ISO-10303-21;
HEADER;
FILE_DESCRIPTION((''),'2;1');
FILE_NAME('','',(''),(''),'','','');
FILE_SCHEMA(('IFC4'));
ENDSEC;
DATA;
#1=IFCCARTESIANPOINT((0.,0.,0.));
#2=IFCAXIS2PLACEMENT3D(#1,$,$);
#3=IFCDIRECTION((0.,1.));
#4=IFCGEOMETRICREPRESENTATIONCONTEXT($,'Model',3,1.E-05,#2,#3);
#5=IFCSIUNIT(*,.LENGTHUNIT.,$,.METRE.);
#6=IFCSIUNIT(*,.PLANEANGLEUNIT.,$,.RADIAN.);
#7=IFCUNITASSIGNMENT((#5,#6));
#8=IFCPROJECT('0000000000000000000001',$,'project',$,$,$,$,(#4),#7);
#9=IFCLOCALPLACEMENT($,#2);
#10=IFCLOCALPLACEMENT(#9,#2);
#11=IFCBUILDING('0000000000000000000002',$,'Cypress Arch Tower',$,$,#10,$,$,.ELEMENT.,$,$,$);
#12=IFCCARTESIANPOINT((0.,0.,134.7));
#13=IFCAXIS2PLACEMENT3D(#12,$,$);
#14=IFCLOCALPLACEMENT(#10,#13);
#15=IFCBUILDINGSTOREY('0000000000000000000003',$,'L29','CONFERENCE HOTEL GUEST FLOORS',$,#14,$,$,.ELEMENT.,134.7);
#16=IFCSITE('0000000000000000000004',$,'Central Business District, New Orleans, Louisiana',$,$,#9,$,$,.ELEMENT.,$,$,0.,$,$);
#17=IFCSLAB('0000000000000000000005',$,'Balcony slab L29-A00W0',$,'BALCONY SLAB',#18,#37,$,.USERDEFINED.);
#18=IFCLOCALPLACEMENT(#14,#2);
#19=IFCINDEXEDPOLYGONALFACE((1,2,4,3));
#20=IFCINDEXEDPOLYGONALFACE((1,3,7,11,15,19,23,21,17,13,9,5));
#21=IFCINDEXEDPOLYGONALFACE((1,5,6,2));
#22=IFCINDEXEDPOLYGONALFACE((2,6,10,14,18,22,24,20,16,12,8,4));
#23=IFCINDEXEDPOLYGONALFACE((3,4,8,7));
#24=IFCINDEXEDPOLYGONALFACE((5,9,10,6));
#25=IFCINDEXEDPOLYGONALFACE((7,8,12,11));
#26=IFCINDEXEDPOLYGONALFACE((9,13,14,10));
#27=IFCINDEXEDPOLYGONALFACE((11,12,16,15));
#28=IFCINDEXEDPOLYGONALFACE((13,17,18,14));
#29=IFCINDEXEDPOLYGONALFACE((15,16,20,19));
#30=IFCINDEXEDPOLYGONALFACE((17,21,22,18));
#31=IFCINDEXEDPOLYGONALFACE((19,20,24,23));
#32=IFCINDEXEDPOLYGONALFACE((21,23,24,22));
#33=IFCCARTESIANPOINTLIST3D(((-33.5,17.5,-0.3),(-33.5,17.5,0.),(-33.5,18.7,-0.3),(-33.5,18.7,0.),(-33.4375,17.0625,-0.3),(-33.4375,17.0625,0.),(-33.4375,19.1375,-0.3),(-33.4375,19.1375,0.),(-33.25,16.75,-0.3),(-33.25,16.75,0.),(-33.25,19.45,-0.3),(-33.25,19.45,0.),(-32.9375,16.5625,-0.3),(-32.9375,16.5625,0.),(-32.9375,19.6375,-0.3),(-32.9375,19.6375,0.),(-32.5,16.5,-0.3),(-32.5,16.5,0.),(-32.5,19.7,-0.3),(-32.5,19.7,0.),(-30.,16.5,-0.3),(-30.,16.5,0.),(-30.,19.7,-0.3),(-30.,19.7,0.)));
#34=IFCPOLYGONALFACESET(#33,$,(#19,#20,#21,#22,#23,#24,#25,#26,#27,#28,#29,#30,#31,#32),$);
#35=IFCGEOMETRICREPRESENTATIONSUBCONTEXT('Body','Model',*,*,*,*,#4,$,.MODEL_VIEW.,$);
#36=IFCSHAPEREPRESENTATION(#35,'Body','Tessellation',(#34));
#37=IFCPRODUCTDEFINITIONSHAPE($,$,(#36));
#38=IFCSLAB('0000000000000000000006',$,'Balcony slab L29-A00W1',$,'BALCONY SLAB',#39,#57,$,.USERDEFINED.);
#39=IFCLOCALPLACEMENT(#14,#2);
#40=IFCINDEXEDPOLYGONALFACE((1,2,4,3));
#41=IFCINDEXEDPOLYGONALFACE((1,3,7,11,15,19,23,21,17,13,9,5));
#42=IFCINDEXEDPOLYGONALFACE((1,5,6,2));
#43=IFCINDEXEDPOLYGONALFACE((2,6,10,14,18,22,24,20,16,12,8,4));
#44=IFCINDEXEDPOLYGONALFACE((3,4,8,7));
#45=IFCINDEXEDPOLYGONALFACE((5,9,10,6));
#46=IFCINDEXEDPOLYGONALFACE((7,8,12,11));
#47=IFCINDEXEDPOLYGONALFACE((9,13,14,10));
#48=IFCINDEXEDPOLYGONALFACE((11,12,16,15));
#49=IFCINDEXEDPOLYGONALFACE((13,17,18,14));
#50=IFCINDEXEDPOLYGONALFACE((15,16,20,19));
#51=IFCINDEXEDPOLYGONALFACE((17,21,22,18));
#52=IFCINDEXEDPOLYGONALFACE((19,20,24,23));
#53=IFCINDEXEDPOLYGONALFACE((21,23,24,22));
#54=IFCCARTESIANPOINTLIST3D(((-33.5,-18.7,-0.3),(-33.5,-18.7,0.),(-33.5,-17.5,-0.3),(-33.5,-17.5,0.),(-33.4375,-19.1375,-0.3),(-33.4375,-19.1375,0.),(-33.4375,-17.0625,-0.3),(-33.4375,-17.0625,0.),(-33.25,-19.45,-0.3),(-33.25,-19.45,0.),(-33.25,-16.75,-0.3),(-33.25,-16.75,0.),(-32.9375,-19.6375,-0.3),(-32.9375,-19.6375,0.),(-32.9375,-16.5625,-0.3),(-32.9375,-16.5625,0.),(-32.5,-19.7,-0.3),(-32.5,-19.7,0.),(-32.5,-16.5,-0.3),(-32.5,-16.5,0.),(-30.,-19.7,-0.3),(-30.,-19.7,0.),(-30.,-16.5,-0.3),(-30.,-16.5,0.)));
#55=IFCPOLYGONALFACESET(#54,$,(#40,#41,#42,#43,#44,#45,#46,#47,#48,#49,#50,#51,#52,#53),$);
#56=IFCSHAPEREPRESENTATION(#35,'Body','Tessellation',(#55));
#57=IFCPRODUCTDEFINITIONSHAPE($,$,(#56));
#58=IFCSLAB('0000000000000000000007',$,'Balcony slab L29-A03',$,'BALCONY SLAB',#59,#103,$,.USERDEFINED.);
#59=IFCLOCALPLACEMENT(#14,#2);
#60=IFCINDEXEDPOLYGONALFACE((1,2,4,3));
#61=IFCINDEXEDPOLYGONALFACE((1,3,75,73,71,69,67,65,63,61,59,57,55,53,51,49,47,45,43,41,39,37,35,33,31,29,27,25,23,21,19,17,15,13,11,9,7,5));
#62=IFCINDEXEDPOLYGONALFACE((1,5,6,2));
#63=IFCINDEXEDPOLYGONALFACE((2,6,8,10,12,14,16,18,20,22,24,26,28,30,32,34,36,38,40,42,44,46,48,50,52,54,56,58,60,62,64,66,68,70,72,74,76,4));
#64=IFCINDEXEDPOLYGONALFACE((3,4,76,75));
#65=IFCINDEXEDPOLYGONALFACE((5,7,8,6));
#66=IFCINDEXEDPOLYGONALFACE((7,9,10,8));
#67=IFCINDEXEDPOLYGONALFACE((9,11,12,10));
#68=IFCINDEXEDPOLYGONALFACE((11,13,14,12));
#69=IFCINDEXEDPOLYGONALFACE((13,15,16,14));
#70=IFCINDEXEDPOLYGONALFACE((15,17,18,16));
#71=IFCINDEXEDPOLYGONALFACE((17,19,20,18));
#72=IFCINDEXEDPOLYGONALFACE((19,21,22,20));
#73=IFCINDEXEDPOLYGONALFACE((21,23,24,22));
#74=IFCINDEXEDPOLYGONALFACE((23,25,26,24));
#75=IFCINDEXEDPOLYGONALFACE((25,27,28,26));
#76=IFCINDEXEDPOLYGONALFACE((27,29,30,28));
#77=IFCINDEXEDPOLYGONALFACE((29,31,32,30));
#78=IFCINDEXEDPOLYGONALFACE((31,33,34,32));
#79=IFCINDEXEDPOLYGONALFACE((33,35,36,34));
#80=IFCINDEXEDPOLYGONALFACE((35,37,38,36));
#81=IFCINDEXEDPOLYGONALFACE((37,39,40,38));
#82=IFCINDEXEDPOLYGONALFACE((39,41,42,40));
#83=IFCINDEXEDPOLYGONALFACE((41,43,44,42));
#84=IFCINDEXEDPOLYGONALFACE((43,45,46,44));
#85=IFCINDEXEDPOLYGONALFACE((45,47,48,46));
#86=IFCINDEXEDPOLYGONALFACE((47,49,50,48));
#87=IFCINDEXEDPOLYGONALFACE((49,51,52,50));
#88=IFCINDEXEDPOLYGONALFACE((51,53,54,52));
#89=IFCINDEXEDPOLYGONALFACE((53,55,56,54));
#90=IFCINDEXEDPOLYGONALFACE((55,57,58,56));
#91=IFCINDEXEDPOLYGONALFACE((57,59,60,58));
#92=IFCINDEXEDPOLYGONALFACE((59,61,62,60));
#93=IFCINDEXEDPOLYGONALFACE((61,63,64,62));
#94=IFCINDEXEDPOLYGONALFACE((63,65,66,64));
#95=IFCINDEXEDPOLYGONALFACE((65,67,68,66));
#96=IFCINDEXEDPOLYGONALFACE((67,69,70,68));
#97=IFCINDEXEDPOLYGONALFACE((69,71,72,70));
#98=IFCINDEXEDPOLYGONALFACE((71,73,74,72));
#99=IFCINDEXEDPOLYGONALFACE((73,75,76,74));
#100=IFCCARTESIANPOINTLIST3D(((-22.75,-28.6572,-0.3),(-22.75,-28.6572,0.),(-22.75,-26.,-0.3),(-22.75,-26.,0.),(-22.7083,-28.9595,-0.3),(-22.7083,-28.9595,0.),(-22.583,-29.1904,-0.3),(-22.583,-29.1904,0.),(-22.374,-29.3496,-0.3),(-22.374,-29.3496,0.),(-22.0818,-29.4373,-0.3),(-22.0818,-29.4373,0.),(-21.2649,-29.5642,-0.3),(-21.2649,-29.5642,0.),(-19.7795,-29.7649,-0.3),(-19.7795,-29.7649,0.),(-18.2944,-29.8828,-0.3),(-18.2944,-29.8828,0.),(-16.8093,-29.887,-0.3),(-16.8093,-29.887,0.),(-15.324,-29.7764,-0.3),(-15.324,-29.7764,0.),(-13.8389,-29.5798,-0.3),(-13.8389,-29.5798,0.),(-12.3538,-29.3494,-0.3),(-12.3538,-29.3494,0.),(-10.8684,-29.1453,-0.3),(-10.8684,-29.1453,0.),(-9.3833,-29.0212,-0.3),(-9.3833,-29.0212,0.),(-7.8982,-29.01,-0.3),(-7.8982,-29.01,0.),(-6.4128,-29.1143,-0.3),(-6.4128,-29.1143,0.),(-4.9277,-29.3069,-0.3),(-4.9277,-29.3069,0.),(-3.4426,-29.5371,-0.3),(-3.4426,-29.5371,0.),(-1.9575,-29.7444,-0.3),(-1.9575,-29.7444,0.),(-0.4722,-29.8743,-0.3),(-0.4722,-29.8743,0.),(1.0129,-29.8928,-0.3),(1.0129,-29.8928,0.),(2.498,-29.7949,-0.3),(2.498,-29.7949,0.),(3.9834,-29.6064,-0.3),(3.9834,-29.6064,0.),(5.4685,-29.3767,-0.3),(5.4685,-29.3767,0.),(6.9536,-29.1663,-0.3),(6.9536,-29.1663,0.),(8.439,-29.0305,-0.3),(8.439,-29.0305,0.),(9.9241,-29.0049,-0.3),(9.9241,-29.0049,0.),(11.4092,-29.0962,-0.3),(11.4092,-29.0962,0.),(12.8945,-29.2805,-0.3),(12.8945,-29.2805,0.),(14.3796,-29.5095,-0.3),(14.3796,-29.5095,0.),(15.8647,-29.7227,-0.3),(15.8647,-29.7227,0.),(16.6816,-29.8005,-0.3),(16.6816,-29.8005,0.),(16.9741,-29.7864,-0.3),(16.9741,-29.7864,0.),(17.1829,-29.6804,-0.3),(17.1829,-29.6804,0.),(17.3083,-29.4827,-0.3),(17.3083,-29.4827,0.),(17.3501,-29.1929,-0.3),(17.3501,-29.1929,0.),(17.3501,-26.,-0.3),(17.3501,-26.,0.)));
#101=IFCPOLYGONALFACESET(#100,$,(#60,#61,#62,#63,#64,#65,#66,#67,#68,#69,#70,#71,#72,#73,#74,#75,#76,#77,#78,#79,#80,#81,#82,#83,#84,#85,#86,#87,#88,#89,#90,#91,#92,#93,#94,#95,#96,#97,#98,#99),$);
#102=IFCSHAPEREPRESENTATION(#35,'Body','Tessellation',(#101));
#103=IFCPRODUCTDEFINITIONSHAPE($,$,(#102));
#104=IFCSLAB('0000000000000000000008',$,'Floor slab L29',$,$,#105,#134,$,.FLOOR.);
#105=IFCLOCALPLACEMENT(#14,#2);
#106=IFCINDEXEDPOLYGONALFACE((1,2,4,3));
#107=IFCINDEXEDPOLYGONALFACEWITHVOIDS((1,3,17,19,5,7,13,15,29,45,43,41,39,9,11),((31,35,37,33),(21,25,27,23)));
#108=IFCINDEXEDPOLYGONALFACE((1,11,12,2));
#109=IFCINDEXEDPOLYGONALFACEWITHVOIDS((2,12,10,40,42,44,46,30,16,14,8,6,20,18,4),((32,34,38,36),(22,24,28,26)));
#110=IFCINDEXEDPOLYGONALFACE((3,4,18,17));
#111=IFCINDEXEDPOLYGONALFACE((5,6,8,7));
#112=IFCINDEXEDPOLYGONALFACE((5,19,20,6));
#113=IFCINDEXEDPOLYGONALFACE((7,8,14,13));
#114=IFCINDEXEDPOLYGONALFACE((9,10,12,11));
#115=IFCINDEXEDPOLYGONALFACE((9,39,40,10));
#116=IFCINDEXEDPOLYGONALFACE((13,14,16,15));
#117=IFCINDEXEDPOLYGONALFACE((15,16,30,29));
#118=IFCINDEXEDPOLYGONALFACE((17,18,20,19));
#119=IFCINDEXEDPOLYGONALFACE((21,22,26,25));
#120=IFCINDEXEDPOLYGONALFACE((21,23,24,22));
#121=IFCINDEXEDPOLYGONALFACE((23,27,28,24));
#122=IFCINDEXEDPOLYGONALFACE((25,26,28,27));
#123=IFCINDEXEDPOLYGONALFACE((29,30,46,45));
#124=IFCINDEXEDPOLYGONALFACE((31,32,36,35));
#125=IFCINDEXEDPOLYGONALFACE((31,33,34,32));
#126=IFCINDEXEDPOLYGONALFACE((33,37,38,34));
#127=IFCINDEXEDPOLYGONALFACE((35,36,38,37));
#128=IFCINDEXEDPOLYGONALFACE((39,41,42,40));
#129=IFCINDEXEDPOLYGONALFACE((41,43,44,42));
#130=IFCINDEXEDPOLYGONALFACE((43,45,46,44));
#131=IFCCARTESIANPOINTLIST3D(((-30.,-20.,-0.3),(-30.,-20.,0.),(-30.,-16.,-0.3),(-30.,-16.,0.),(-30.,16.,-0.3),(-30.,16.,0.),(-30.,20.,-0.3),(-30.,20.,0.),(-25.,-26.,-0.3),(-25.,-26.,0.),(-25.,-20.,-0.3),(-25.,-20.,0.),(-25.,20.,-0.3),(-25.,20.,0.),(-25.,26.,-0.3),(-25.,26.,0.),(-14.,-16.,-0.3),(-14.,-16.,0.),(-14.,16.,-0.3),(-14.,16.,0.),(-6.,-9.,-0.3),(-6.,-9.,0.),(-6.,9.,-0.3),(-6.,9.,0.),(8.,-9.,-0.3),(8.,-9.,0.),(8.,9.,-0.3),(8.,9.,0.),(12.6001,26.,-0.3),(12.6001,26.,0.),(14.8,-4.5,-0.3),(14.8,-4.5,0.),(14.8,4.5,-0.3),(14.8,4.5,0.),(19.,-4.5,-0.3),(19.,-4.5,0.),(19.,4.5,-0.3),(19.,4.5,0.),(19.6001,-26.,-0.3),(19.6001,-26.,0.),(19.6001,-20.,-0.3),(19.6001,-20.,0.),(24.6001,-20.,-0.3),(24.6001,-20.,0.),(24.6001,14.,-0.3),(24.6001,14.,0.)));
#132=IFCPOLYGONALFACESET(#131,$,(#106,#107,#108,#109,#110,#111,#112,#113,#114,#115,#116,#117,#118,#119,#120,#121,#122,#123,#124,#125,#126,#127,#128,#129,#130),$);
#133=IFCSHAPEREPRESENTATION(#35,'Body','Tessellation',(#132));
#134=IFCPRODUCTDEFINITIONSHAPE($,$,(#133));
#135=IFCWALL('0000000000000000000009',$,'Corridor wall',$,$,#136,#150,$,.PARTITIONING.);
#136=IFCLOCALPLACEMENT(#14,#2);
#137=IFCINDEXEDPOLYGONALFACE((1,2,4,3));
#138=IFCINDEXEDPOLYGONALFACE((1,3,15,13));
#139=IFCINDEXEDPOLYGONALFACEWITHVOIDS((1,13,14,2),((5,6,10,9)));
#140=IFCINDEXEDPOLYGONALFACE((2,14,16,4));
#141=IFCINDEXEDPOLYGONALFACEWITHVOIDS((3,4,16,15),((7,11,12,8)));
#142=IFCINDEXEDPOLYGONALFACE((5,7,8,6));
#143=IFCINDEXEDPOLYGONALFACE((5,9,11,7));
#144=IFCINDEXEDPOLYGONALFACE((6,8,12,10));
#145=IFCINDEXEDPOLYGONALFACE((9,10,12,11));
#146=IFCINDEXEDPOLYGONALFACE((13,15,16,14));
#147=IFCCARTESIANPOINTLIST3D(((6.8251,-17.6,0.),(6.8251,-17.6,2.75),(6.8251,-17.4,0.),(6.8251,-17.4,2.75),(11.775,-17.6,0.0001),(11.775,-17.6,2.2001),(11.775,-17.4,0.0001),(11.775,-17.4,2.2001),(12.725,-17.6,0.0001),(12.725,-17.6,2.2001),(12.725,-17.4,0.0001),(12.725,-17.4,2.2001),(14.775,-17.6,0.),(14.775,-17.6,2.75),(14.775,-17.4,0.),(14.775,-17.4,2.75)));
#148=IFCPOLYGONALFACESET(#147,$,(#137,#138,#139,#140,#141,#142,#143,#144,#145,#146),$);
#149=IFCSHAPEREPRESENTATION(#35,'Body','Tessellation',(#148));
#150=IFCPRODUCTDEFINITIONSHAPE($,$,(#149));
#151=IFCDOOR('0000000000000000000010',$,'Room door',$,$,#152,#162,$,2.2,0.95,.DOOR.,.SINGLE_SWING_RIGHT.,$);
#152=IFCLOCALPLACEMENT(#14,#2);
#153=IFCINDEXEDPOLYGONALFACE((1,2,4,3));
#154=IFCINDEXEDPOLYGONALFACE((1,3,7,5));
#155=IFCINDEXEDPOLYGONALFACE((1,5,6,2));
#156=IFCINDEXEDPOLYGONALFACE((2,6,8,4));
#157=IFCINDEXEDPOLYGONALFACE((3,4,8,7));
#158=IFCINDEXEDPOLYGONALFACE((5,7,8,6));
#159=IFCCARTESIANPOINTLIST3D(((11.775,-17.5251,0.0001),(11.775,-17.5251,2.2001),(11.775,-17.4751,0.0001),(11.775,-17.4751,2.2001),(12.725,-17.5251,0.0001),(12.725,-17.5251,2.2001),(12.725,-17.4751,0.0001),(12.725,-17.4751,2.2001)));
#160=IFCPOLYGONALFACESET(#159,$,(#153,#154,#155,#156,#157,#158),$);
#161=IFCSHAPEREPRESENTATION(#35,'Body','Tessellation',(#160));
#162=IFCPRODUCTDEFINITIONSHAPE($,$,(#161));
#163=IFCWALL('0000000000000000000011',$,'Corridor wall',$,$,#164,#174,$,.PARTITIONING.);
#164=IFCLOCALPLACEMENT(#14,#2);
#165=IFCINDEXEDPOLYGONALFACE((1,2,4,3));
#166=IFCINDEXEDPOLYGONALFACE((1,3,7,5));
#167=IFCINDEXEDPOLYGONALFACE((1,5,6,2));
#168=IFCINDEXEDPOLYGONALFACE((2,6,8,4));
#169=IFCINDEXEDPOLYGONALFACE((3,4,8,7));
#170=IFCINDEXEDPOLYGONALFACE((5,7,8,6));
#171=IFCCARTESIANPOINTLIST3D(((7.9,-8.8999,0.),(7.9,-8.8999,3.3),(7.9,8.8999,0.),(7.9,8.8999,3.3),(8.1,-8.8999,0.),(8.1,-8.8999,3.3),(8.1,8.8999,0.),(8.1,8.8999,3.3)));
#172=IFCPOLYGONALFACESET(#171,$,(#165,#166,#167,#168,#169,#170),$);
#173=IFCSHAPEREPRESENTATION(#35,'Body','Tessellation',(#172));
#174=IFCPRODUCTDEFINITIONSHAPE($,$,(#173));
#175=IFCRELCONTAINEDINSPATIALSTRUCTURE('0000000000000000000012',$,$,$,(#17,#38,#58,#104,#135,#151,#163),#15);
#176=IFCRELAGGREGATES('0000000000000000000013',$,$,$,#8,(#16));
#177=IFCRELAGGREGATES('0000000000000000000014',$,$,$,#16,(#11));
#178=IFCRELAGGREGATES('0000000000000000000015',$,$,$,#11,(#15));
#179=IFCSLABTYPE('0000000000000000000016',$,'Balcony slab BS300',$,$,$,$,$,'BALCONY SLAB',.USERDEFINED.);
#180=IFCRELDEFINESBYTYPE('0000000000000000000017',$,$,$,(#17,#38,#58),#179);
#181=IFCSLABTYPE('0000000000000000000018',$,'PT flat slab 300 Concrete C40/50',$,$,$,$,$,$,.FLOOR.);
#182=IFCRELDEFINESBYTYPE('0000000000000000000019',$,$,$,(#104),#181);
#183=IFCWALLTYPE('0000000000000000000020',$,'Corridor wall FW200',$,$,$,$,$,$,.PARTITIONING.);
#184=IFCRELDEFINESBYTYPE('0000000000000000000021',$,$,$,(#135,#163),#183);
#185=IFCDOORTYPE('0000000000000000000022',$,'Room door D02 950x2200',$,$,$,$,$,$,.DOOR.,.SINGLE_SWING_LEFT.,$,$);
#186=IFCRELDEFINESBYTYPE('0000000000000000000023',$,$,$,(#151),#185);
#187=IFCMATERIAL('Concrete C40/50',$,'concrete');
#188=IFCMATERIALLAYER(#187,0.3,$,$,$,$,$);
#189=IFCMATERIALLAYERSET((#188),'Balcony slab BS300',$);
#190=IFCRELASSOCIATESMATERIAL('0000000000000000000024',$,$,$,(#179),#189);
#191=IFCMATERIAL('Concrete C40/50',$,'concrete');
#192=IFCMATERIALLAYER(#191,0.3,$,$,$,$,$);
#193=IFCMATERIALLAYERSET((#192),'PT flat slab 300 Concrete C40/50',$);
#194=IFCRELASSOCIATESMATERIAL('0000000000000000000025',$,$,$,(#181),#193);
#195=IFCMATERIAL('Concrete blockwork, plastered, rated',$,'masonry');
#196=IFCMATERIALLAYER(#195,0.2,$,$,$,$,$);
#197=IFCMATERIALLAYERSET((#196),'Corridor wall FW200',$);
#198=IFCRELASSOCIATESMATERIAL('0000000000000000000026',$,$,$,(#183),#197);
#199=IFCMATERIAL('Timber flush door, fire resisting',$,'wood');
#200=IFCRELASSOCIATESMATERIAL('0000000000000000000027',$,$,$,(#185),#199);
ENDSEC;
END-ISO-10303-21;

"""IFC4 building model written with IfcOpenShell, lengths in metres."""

from ifc_helpers import new_model, si_unit, direction, frame, frame_2d, origin, place, context, subcontext, project, spatial, polyline, rectangle, outline, extrude, material, layer, layer_set, type_object, element, fill, save


model = new_model("IFC4")

# Units and contexts
model_context = context("Model", 3, precision=1e-05, world=origin(), true_north=direction((0.0, 1.0)))
body_context = subcontext(model_context, "Body", "Model", "MODEL_VIEW")
ifc_project = project(units=[si_unit("LENGTHUNIT", "METRE"), si_unit("PLANEANGLEUNIT", "RADIAN")], contexts=[model_context])

# Site, building, storey
site_placement = place(None, origin())
site = spatial("IfcSite", under=ifc_project, at=site_placement, Name="Central Business District, New Orleans, Louisiana", CompositionType="ELEMENT", RefElevation=0.0)
building_placement = place(site_placement, origin())
building = spatial("IfcBuilding", under=site, at=building_placement, Name="Cypress Arch Tower", CompositionType="ELEMENT")
storey_placement = place(building_placement, frame((0.0, 0.0, 134.7)))
storey = spatial("IfcBuildingStorey", under=building, at=storey_placement, Name="L29", Description="CONFERENCE HOTEL GUEST FLOORS", CompositionType="ELEMENT", Elevation=134.7)

# Slabs
ifc_material_1 = material(Name="Concrete C40/50", Category="concrete")
ifc_layer_1 = layer(ifc_material_1, 0.3)
ifc_layer_set_1 = layer_set([ifc_layer_1], Name="Balcony slab BS300")
slab_type_1 = type_object("IfcSlabType", Name="Balcony slab BS300", ElementType="BALCONY SLAB", PredefinedType="USERDEFINED", material=ifc_layer_set_1)
slab_1_placement = place(storey_placement, frame((0.0, 0.0, -0.3)))
element("IfcSlab", 1, at=slab_1_placement, inside=storey, type_object=slab_type_1, Name="Balcony slab L29-A00W0", ObjectType="BALCONY SLAB", PredefinedType="USERDEFINED", context=body_context, shape_type="SweptSolid", body=[
    extrude(outline(polyline([(-30.0, 19.7), (-32.5, 19.7), (-32.9375, 19.6375), (-33.25, 19.45), (-33.4375, 19.1375), (-33.5, 18.7), (-33.5, 17.5), (-33.4375, 17.0625), (-33.25, 16.75), (-32.9375, 16.5625), (-32.5, 16.5), (-30.0, 16.5), (-30.0, 19.7)])), origin(), (0.0, 0.0, 1.0), 0.3),
])
slab_2_placement = place(storey_placement, frame((0.0, 0.0, -0.3)))
element("IfcSlab", 2, at=slab_2_placement, inside=storey, type_object=slab_type_1, Name="Balcony slab L29-A00W1", ObjectType="BALCONY SLAB", PredefinedType="USERDEFINED", context=body_context, shape_type="SweptSolid", body=[
    extrude(outline(polyline([(-30.0, -16.5), (-32.5, -16.5), (-32.9375, -16.5625), (-33.25, -16.75), (-33.4375, -17.0625), (-33.5, -17.5), (-33.5, -18.7), (-33.4375, -19.1375), (-33.25, -19.45), (-32.9375, -19.6375), (-32.5, -19.7), (-30.0, -19.7), (-30.0, -16.5)])), origin(), (0.0, 0.0, 1.0), 0.3),
])
slab_3_placement = place(storey_placement, frame((0.0, 0.0, -0.3)))
element("IfcSlab", 3, at=slab_3_placement, inside=storey, type_object=slab_type_1, Name="Balcony slab L29-A03", ObjectType="BALCONY SLAB", PredefinedType="USERDEFINED", context=body_context, shape_type="SweptSolid", body=[
    extrude(outline(polyline([(-22.75, -26.0), (-22.75, -28.6572), (-22.7083, -28.9595), (-22.583, -29.1904), (-22.374, -29.3496), (-22.0818, -29.4373), (-21.2649, -29.5642), (-19.7795, -29.7649), (-18.2944, -29.8828), (-16.8093, -29.887), (-15.324, -29.7764), (-13.8389, -29.5798), (-12.3538, -29.3494), (-10.8684, -29.1453), (-9.3833, -29.0212), (-7.8982, -29.01), (-6.4128, -29.1143), (-4.9277, -29.3069), (-3.4426, -29.5371), (-1.9575, -29.7444), (-0.4722, -29.8743), (1.0129, -29.8928), (2.498, -29.7949), (3.9834, -29.6064), (5.4685, -29.3767), (6.9536, -29.1663), (8.439, -29.0305), (9.9241, -29.0049), (11.4092, -29.0962), (12.8945, -29.2805), (14.3796, -29.5095), (15.8647, -29.7227), (16.6816, -29.8005), (16.9741, -29.7864), (17.1829, -29.6804), (17.3083, -29.4827), (17.3501, -29.1929), (17.3501, -26.0), (-22.75, -26.0)])), origin(), (0.0, 0.0, 1.0), 0.3),
])
ifc_material_2 = material(Name="Concrete C40/50", Category="concrete")
ifc_layer_2 = layer(ifc_material_2, 0.3)
ifc_layer_set_2 = layer_set([ifc_layer_2], Name="PT flat slab 300 Concrete C40/50")
slab_type_2 = type_object("IfcSlabType", Name="PT flat slab 300 Concrete C40/50", PredefinedType="FLOOR", material=ifc_layer_set_2)
slab_4_placement = place(storey_placement, frame((0.0, 0.0, -0.3)))
element("IfcSlab", 4, at=slab_4_placement, inside=storey, type_object=slab_type_2, Name="Floor slab L29", PredefinedType="FLOOR", context=body_context, shape_type="SweptSolid", body=[
    extrude(outline(polyline([(-30.0, 20.0), (-25.0, 20.0), (-25.0, 26.0), (12.6001, 26.0), (24.6001, 14.0), (24.6001, -20.0), (19.6001, -20.0), (19.6001, -26.0), (-25.0, -26.0), (-25.0, -20.0), (-30.0, -20.0), (-30.0, -16.0), (-14.0, -16.0), (-14.0, 16.0), (-30.0, 16.0), (-30.0, 20.0)]), holes=[polyline([(-6.0, -9.0), (8.0, -9.0), (8.0, 9.0), (-6.0, 9.0), (-6.0, -9.0)]), polyline([(14.8, -4.5), (19.0, -4.5), (19.0, 4.5), (14.8, 4.5), (14.8, -4.5)])]), origin(), (0.0, 0.0, 1.0), 0.3),
])

# Wall, opening, door
ifc_material_3 = material(Name="Concrete blockwork, plastered, rated", Category="masonry")
ifc_layer_3 = layer(ifc_material_3, 0.2)
ifc_layer_set_3 = layer_set([ifc_layer_3], Name="Corridor wall FW200")
wall_type_1 = type_object("IfcWallType", Name="Corridor wall FW200", PredefinedType="PARTITIONING", material=ifc_layer_set_3)
wall_1_placement = place(storey_placement, frame((6.825, -17.5, 0.0), z_axis=(0.0, 0.0, 1.0), x_axis=(1.0, 0.0, 0.0)))
wall_1 = element("IfcWall", 5, at=wall_1_placement, inside=storey, type_object=wall_type_1, Name="Corridor wall", PredefinedType="PARTITIONING", context=body_context, shape_type="SweptSolid", body=[
    extrude(rectangle(XDim=7.95, YDim=0.2, at=frame_2d((3.9751, 0.0))), origin(), (0.0, 0.0, 1.0), 2.75),
])
opening_1_placement = place(wall_1_placement, frame((4.95, 0.0, 0.0)))
opening_1 = element("IfcOpeningElement", 6, at=opening_1_placement, cuts=wall_1, PredefinedType="OPENING", context=body_context, shape_type="SweptSolid", body=[
    extrude(rectangle(XDim=0.95, YDim=2.2, at=frame_2d((0.4751, 1.1001))), frame((0.0, 0.1099, 0.0), z_axis=(0.0, -1.0, 0.0), x_axis=(1.0, 0.0, 0.0)), (0.0, 0.0, 1.0), 0.22),
])
ifc_material_4 = material(Name="Timber flush door, fire resisting", Category="wood")
door_type_1 = type_object("IfcDoorType", Name="Room door D02 950x2200", OperationType="SINGLE_SWING_LEFT", PredefinedType="DOOR", material=ifc_material_4)
door_1_placement = place(opening_1_placement, origin())
door_1 = element("IfcDoor", 7, at=door_1_placement, inside=storey, type_object=door_type_1, Name="Room door", OperationType="SINGLE_SWING_RIGHT", OverallHeight=2.2, OverallWidth=0.95, PredefinedType="DOOR", context=body_context, shape_type="SweptSolid", body=[
    extrude(rectangle(XDim=0.95, YDim=2.2, at=frame_2d((0.4751, 1.1001))), frame((0.0, 0.0249, 0.0), z_axis=(0.0, -1.0, 0.0), x_axis=(1.0, 0.0, 0.0)), (0.0, 0.0, 1.0), 0.05),
])
fill(opening_1, door_1)

# Wall
wall_2_placement = place(storey_placement, frame((8.0, -8.8999, 0.0), z_axis=(0.0, 0.0, 1.0), x_axis=(0.0, 1.0, 0.0)))
element("IfcWall", 8, at=wall_2_placement, inside=storey, type_object=wall_type_1, Name="Corridor wall", PredefinedType="PARTITIONING", context=body_context, shape_type="SweptSolid", body=[
    extrude(rectangle(XDim=17.7998, YDim=0.2, at=frame_2d((8.8999, 0.0))), origin(), (0.0, 0.0, 1.0), 3.3),
])

save(model, "model.ifc")
